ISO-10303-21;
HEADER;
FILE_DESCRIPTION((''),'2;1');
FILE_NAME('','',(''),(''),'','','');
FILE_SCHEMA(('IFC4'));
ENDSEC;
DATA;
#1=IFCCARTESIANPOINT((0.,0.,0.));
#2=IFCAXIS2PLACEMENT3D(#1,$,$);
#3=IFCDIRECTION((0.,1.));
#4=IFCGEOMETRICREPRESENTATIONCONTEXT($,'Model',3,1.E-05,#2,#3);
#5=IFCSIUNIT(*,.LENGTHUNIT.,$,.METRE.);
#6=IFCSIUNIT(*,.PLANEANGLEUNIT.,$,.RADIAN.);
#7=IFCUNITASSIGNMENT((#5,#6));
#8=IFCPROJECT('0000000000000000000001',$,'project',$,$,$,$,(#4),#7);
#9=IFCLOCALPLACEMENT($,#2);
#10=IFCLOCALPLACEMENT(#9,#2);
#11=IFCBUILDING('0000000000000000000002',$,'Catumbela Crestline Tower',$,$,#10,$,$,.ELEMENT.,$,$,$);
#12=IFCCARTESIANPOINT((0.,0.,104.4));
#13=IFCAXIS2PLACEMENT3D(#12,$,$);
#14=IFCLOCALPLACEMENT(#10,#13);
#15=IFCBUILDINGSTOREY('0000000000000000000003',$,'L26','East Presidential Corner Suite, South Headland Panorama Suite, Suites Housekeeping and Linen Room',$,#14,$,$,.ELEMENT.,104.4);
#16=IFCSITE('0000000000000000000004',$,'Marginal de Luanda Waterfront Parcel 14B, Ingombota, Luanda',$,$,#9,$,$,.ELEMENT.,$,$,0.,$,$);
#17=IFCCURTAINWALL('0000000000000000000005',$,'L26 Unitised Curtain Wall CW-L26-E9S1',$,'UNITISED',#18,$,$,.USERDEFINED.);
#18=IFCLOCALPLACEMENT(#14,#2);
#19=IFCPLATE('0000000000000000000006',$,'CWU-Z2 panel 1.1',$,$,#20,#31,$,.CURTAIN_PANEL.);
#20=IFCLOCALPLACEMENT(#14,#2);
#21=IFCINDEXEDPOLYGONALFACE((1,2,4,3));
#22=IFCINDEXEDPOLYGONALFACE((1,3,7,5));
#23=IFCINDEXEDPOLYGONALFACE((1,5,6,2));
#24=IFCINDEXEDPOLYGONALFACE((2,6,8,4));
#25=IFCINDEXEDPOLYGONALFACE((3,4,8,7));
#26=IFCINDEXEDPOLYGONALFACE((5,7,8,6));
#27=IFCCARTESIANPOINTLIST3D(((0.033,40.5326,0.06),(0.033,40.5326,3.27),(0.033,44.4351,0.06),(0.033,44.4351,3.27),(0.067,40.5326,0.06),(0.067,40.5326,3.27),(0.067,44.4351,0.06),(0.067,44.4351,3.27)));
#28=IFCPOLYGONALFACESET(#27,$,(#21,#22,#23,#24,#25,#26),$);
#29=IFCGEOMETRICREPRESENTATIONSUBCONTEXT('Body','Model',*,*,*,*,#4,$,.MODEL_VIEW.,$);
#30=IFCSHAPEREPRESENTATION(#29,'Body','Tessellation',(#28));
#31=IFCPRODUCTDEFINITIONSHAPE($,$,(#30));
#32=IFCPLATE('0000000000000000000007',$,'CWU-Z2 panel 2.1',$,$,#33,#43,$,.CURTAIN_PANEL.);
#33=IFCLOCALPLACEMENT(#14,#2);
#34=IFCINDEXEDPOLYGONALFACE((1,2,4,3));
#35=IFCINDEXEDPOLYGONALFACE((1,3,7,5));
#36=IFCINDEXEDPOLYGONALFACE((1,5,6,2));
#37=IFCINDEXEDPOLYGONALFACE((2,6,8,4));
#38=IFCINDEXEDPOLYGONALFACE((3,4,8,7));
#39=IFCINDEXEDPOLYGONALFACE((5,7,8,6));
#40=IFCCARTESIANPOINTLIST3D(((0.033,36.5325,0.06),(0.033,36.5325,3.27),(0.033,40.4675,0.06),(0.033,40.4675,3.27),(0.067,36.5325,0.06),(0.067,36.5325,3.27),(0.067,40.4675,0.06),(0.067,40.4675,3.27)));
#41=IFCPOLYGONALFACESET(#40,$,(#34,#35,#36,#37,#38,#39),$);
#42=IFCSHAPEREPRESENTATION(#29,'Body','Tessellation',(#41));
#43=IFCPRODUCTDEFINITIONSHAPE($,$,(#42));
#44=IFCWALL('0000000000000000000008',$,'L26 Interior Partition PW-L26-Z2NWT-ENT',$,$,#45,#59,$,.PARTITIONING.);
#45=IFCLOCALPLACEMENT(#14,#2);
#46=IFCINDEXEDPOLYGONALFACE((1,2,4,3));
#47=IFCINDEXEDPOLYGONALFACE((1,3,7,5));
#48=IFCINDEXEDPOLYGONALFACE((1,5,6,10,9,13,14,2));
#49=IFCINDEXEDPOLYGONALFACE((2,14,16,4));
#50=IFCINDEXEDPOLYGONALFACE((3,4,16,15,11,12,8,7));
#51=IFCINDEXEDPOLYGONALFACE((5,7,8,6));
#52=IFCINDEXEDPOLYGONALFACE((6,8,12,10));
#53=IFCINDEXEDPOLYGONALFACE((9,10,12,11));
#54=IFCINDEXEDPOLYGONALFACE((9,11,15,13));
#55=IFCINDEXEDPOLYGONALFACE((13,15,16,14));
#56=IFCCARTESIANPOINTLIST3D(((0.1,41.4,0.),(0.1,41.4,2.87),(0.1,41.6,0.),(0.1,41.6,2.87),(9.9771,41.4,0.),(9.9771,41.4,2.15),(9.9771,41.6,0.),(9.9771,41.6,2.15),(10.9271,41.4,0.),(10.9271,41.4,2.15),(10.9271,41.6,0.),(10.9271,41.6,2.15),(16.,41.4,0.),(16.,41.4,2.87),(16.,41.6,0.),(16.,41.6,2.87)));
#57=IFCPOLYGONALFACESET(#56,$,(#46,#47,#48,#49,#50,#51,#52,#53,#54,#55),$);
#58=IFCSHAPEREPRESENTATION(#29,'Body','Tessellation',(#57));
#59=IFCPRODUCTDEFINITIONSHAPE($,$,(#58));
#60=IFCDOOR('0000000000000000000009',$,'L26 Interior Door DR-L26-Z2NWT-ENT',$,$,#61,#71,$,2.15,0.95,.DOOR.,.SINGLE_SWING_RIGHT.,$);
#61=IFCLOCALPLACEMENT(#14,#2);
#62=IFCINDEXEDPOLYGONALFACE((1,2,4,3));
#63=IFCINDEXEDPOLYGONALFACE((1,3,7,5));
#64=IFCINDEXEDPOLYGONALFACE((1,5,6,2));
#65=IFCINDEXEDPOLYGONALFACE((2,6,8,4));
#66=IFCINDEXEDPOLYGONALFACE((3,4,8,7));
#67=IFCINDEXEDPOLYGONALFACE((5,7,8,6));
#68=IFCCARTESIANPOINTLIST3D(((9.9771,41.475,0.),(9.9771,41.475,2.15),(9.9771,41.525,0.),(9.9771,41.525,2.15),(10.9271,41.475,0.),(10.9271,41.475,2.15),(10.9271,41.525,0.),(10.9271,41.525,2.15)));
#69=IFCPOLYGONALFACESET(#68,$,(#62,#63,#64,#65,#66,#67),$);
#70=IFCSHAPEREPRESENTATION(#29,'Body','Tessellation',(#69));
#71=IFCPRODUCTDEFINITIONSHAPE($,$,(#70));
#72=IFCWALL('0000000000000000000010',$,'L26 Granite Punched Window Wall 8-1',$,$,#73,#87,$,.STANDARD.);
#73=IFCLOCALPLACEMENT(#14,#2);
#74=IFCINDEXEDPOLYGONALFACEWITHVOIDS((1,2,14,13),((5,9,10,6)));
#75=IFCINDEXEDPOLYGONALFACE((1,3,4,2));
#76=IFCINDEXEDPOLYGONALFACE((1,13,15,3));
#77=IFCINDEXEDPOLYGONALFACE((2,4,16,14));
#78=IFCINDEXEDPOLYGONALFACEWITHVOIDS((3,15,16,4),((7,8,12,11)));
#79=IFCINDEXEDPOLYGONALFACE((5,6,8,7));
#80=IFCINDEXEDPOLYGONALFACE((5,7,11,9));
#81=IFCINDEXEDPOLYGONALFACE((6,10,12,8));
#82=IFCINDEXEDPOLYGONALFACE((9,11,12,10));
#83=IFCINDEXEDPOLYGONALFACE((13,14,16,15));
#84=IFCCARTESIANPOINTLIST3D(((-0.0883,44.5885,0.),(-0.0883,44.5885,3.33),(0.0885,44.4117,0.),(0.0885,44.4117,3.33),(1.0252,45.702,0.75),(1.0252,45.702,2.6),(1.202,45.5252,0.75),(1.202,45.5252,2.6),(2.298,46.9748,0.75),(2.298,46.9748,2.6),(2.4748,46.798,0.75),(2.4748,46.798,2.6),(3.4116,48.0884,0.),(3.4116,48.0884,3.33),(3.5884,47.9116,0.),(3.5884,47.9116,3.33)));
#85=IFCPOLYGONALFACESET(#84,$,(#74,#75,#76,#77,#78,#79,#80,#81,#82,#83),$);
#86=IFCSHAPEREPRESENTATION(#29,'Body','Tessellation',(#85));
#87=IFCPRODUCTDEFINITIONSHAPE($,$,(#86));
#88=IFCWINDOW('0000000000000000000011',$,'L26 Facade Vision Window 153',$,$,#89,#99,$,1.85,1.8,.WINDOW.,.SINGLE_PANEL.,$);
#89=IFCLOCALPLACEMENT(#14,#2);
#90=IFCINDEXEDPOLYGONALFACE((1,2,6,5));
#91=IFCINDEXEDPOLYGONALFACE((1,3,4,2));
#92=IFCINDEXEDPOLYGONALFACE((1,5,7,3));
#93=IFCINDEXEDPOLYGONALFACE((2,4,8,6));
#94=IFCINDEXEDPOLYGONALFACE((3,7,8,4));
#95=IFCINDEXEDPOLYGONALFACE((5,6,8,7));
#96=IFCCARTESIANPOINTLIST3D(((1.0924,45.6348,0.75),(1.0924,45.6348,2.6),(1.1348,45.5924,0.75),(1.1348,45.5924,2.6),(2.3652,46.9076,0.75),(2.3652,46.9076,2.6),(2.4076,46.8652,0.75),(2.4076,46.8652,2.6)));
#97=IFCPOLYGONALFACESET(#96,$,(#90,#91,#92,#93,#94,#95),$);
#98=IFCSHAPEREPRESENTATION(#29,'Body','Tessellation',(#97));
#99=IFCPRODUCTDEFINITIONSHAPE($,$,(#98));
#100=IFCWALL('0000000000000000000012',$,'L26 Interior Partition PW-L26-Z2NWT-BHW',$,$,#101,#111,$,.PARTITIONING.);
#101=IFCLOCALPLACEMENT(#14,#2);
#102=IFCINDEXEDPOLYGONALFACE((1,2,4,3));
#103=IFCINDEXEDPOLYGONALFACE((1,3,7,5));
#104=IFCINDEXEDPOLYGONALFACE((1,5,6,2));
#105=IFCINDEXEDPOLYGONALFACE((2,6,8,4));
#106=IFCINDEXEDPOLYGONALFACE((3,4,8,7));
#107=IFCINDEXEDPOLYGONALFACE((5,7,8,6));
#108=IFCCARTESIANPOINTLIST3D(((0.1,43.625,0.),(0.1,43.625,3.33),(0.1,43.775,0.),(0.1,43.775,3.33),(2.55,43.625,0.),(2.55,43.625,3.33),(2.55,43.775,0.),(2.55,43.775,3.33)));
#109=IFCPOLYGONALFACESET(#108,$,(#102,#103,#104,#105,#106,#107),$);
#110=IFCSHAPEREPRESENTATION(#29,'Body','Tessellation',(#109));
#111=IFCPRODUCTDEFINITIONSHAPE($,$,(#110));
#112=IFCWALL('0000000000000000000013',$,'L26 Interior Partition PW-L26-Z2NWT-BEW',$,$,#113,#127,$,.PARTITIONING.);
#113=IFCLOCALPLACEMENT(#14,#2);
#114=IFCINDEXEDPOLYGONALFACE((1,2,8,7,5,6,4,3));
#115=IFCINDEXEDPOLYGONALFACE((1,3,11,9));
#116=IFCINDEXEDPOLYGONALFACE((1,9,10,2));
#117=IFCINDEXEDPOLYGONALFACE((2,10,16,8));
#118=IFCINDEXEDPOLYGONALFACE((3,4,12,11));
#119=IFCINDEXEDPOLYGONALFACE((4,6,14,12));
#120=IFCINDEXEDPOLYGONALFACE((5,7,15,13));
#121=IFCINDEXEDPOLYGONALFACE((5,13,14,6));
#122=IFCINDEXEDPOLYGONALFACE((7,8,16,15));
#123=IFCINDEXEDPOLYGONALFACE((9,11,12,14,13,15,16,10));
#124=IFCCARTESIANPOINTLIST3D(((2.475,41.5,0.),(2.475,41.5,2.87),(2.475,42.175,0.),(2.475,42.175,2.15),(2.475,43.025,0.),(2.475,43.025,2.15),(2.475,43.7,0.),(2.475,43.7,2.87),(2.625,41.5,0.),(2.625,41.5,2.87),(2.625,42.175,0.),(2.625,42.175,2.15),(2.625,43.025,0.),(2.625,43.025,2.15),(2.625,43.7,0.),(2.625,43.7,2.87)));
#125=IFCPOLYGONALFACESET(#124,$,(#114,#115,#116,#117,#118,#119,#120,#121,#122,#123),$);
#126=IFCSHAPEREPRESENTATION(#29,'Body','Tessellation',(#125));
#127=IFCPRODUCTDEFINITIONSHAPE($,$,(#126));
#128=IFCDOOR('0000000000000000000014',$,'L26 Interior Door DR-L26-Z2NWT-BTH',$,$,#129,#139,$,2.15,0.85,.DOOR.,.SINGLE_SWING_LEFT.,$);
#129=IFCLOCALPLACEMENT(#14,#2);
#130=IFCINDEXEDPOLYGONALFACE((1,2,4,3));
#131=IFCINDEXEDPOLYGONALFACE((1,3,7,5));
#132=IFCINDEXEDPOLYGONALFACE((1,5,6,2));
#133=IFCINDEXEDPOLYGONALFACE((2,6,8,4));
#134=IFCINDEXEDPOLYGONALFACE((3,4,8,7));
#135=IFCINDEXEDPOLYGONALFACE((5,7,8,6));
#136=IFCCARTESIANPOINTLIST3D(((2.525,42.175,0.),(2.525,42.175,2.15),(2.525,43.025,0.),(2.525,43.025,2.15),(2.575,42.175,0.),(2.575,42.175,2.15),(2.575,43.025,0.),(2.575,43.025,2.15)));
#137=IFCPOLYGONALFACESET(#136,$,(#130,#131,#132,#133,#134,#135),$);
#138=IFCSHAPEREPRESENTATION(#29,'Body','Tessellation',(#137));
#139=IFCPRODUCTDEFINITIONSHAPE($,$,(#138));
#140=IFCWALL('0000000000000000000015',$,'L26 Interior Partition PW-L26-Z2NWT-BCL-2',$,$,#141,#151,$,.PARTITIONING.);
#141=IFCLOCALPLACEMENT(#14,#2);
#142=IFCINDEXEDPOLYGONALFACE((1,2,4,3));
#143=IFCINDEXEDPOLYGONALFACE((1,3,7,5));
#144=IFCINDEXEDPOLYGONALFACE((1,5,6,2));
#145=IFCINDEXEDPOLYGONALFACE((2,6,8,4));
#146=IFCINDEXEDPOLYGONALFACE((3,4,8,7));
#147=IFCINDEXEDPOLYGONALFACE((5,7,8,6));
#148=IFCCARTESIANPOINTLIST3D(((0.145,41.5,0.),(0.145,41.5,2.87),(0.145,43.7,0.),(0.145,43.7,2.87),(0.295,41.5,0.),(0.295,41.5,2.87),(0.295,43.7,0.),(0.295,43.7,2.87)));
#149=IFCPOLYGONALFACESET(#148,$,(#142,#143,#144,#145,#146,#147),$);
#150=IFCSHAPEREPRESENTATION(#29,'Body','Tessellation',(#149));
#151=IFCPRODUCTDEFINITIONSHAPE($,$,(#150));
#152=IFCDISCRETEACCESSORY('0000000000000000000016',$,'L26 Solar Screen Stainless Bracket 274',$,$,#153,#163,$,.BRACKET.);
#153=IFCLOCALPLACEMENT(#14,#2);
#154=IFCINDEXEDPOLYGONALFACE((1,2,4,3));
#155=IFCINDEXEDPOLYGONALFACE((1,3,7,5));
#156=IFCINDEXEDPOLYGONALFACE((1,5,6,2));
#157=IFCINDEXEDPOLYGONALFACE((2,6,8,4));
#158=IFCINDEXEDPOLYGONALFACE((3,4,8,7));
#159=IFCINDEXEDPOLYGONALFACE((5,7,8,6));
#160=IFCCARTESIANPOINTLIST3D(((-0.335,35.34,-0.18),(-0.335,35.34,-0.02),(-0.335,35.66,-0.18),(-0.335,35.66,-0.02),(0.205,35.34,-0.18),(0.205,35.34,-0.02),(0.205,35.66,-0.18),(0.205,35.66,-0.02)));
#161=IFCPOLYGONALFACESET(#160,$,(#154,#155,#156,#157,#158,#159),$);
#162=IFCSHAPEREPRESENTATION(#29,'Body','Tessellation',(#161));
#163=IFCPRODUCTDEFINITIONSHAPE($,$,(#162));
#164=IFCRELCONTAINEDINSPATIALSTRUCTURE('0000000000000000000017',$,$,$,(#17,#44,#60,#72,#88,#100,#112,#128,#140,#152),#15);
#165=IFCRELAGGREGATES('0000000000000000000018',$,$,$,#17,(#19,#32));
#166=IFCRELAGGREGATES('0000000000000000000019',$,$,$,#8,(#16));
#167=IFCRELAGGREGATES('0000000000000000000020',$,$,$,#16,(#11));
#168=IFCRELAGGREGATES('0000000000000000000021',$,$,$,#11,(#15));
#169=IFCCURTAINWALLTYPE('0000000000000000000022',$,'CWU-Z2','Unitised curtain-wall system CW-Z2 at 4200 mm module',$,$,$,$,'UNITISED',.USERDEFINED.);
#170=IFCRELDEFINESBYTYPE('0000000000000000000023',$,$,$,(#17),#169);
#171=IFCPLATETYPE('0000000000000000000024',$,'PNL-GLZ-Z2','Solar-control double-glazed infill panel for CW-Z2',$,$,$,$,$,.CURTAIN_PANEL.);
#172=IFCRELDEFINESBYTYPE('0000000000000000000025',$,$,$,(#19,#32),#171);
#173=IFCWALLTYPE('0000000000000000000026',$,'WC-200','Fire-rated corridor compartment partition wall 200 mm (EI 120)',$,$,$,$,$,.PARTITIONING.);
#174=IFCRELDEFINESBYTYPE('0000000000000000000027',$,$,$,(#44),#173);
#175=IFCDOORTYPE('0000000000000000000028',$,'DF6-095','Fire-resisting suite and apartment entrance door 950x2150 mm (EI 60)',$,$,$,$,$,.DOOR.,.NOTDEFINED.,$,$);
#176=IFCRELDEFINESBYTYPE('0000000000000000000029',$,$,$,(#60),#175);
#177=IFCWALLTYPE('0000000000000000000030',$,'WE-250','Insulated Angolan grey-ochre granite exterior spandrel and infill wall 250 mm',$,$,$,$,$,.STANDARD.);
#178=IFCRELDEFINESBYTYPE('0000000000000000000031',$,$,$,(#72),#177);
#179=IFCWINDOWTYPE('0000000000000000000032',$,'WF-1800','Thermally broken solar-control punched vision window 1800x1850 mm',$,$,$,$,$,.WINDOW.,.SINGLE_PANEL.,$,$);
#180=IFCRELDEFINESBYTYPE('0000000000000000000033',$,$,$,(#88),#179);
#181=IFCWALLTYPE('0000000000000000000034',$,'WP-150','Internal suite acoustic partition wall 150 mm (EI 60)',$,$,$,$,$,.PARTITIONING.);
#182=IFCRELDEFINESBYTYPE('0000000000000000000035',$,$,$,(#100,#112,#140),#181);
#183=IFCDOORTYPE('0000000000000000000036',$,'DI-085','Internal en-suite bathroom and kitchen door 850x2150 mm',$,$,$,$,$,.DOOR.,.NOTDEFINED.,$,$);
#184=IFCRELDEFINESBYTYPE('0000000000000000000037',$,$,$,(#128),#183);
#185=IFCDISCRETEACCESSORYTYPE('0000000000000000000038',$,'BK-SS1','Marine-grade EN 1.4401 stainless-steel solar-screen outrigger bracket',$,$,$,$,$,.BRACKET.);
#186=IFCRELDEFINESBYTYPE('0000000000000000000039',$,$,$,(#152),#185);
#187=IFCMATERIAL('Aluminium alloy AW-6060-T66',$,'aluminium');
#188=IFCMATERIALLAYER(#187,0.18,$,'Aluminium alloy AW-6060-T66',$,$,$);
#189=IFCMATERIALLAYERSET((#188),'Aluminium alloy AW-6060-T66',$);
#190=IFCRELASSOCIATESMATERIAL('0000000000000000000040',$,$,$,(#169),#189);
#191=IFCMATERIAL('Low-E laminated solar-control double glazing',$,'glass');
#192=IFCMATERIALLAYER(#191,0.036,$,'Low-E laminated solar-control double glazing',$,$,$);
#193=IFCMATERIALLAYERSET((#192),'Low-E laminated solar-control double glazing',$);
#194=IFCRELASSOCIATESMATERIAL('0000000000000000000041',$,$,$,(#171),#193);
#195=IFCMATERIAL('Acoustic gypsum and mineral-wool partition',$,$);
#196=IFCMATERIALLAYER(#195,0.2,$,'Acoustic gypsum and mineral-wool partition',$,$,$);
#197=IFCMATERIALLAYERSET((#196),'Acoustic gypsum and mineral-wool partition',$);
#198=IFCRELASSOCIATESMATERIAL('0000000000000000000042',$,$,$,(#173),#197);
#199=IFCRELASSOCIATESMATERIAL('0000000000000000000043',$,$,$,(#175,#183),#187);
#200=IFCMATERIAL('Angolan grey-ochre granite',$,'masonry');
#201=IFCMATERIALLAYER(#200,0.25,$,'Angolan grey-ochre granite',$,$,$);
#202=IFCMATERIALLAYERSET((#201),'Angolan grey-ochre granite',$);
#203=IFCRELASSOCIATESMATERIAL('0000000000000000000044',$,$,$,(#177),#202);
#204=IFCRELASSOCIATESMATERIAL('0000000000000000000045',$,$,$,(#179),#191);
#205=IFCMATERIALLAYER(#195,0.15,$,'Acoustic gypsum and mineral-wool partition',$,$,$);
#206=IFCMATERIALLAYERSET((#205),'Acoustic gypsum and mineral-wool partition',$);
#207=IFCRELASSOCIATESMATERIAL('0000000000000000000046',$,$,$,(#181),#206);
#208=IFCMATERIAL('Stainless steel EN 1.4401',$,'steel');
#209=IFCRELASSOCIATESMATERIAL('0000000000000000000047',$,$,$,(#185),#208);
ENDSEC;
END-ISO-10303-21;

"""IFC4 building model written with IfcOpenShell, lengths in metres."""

from ifc_helpers import new_model, si_unit, direction, frame, frame_2d, origin, origin_2d, place, context, subcontext, project, spatial, rectangle, extrude, material, layer, layer_set, type_object, element, fill, aggregate, save


model = new_model("IFC4")

# Units and contexts
model_context = context("Model", 3, precision=1e-05, world=origin(), true_north=direction((0.0, 1.0)))
body_context = subcontext(model_context, "Body", "Model", "MODEL_VIEW")
ifc_project = project(units=[si_unit("LENGTHUNIT", "METRE"), si_unit("PLANEANGLEUNIT", "RADIAN")], contexts=[model_context])

# Site, building, storey
site_placement = place(None, origin())
site = spatial("IfcSite", under=ifc_project, at=site_placement, Name="Marginal de Luanda Waterfront Parcel 14B, Ingombota, Luanda", CompositionType="ELEMENT", RefElevation=0.0)
building_placement = place(site_placement, origin())
building = spatial("IfcBuilding", under=site, at=building_placement, Name="Catumbela Crestline Tower", CompositionType="ELEMENT")
storey_placement = place(building_placement, frame((0.0, 0.0, 104.4)))
storey = spatial("IfcBuildingStorey", under=building, at=storey_placement, Name="L26", Description="East Presidential Corner Suite, South Headland Panorama Suite, Suites Housekeeping and Linen Room", CompositionType="ELEMENT", Elevation=104.4)

# Shared definitions
ifc_material_1 = material(Name="Aluminium alloy AW-6060-T66", Category="aluminium")
ifc_layer_1 = layer(ifc_material_1, 0.18, Name="Aluminium alloy AW-6060-T66")
ifc_layer_set_1 = layer_set([ifc_layer_1], Name="Aluminium alloy AW-6060-T66")
curtain_wall_type = type_object("IfcCurtainWallType", Name="CWU-Z2", Description="Unitised curtain-wall system CW-Z2 at 4200 mm module", ElementType="UNITISED", PredefinedType="USERDEFINED", material=ifc_layer_set_1)

# Curtain wall
curtain_wall_1_placement = place(storey_placement, origin())
curtain_wall_1 = element("IfcCurtainWall", 1, at=curtain_wall_1_placement, inside=storey, type_object=curtain_wall_type, Name="L26 Unitised Curtain Wall CW-L26-E9S1", ObjectType="UNITISED", PredefinedType="USERDEFINED")

# Plates
ifc_material_2 = material(Name="Low-E laminated solar-control double glazing", Category="glass")
ifc_layer_2 = layer(ifc_material_2, 0.036, Name="Low-E laminated solar-control double glazing")
ifc_layer_set_2 = layer_set([ifc_layer_2], Name="Low-E laminated solar-control double glazing")
plate_type = type_object("IfcPlateType", Name="PNL-GLZ-Z2", Description="Solar-control double-glazed infill panel for CW-Z2", PredefinedType="CURTAIN_PANEL", material=ifc_layer_set_2)
plate_1_placement = place(storey_placement, frame((0.05, 42.4838, 0.06), z_axis=(0.0, 0.0, 1.0), x_axis=(0.0, -1.0, 0.0)))
plate_1 = element("IfcPlate", 2, at=plate_1_placement, type_object=plate_type, Name="CWU-Z2 panel 1.1", PredefinedType="CURTAIN_PANEL", context=body_context, shape_type="SweptSolid", body=[
    extrude(rectangle(XDim=3.9025, YDim=0.034, at=origin_2d()), origin(), (0.0, 0.0, 1.0), 3.21),
])
plate_2_placement = place(storey_placement, frame((0.05, 38.5, 0.06), z_axis=(0.0, 0.0, 1.0), x_axis=(0.0, -1.0, 0.0)))
plate_2 = element("IfcPlate", 3, at=plate_2_placement, type_object=plate_type, Name="CWU-Z2 panel 2.1", PredefinedType="CURTAIN_PANEL", context=body_context, shape_type="SweptSolid", body=[
    extrude(rectangle(XDim=3.935, YDim=0.034, at=origin_2d()), origin(), (0.0, 0.0, 1.0), 3.21),
])
aggregate(curtain_wall_1, [plate_1, plate_2])

# Wall, opening, door
ifc_material_3 = material(Name="Acoustic gypsum and mineral-wool partition")
ifc_layer_3 = layer(ifc_material_3, 0.2, Name="Acoustic gypsum and mineral-wool partition")
ifc_layer_set_3 = layer_set([ifc_layer_3], Name="Acoustic gypsum and mineral-wool partition")
wall_type_1 = type_object("IfcWallType", Name="WC-200", Description="Fire-rated corridor compartment partition wall 200 mm (EI 120)", PredefinedType="PARTITIONING", material=ifc_layer_set_3)
wall_1_placement = place(storey_placement, frame((0.1, 41.5, 0.0), z_axis=(0.0, 0.0, 1.0), x_axis=(1.0, 0.0, 0.0)))
wall_1 = element("IfcWall", 4, at=wall_1_placement, inside=storey, type_object=wall_type_1, Name="L26 Interior Partition PW-L26-Z2NWT-ENT", PredefinedType="PARTITIONING", context=body_context, shape_type="SweptSolid", body=[
    extrude(rectangle(XDim=15.9, YDim=0.2, at=frame_2d((7.95, 0.0))), origin(), (0.0, 0.0, 1.0), 2.87),
])
opening_1_placement = place(wall_1_placement, frame((9.8771, 0.0, 0.0)))
opening_1 = element("IfcOpeningElement", 5, at=opening_1_placement, cuts=wall_1, PredefinedType="OPENING", context=body_context, shape_type="SweptSolid", body=[
    extrude(rectangle(XDim=0.95, YDim=2.15, at=frame_2d((0.475, 1.075))), frame((0.0, 0.11, 0.0), z_axis=(0.0, -1.0, 0.0), x_axis=(1.0, 0.0, 0.0)), (0.0, 0.0, 1.0), 0.22),
])
door_type_1 = type_object("IfcDoorType", Name="DF6-095", Description="Fire-resisting suite and apartment entrance door 950x2150 mm (EI 60)", OperationType="NOTDEFINED", PredefinedType="DOOR", material=ifc_material_1)
door_1_placement = place(opening_1_placement, origin())
door_1 = element("IfcDoor", 6, at=door_1_placement, inside=storey, type_object=door_type_1, Name="L26 Interior Door DR-L26-Z2NWT-ENT", OperationType="SINGLE_SWING_RIGHT", OverallHeight=2.15, OverallWidth=0.95, PredefinedType="DOOR", context=body_context, shape_type="SweptSolid", body=[
    extrude(rectangle(XDim=0.95, YDim=2.15, at=frame_2d((0.475, 1.075))), frame((0.0, 0.025, 0.0), z_axis=(0.0, -1.0, 0.0), x_axis=(1.0, 0.0, 0.0)), (0.0, 0.0, 1.0), 0.05),
])
fill(opening_1, door_1)

# Wall, opening, window
ifc_material_4 = material(Name="Angolan grey-ochre granite", Category="masonry")
ifc_layer_4 = layer(ifc_material_4, 0.25, Name="Angolan grey-ochre granite")
ifc_layer_set_4 = layer_set([ifc_layer_4], Name="Angolan grey-ochre granite")
wall_type_2 = type_object("IfcWallType", Name="WE-250", Description="Insulated Angolan grey-ochre granite exterior spandrel and infill wall 250 mm", PredefinedType="STANDARD", material=ifc_layer_set_4)
wall_2_placement = place(storey_placement, frame((3.5, 48.0, 0.0), z_axis=(0.0, 0.0, 1.0), x_axis=(-0.707107, -0.707107, 0.0)))
wall_2 = element("IfcWall", 7, at=wall_2_placement, inside=storey, type_object=wall_type_2, Name="L26 Granite Punched Window Wall 8-1", PredefinedType="STANDARD", context=body_context, shape_type="SweptSolid", body=[
    extrude(rectangle(XDim=4.9497, YDim=0.25, at=frame_2d((2.4748, 0.0))), origin(), (0.0, 0.0, 1.0), 3.33),
])
opening_2_placement = place(wall_2_placement, frame((1.5749, 0.0, 0.75)))
opening_2 = element("IfcOpeningElement", 8, at=opening_2_placement, cuts=wall_2, PredefinedType="OPENING", context=body_context, shape_type="SweptSolid", body=[
    extrude(rectangle(XDim=1.8, YDim=1.85, at=frame_2d((0.9, 0.925))), frame((0.0, 0.135, 0.0), z_axis=(0.0, -1.0, 0.0), x_axis=(1.0, 0.0, 0.0)), (0.0, 0.0, 1.0), 0.27),
])
window_type = type_object("IfcWindowType", Name="WF-1800", Description="Thermally broken solar-control punched vision window 1800x1850 mm", PartitioningType="SINGLE_PANEL", PredefinedType="WINDOW", material=ifc_material_2)
window_placement = place(opening_2_placement, origin())
window = element("IfcWindow", 9, at=window_placement, inside=storey, type_object=window_type, Name="L26 Facade Vision Window 153", OverallHeight=1.85, OverallWidth=1.8, PartitioningType="SINGLE_PANEL", PredefinedType="WINDOW", context=body_context, shape_type="SweptSolid", body=[
    extrude(rectangle(XDim=1.8, YDim=1.85, at=frame_2d((0.9, 0.925))), frame((0.0, 0.03, 0.0), z_axis=(0.0, -1.0, 0.0), x_axis=(1.0, 0.0, 0.0)), (0.0, 0.0, 1.0), 0.06),
])
fill(opening_2, window)

# Wall
ifc_layer_5 = layer(ifc_material_3, 0.15, Name="Acoustic gypsum and mineral-wool partition")
ifc_layer_set_5 = layer_set([ifc_layer_5], Name="Acoustic gypsum and mineral-wool partition")
wall_type_3 = type_object("IfcWallType", Name="WP-150", Description="Internal suite acoustic partition wall 150 mm (EI 60)", PredefinedType="PARTITIONING", material=ifc_layer_set_5)
wall_3_placement = place(storey_placement, frame((0.1, 43.7, 0.0), z_axis=(0.0, 0.0, 1.0), x_axis=(1.0, 0.0, 0.0)))
element("IfcWall", 10, at=wall_3_placement, inside=storey, type_object=wall_type_3, Name="L26 Interior Partition PW-L26-Z2NWT-BHW", PredefinedType="PARTITIONING", context=body_context, shape_type="SweptSolid", body=[
    extrude(rectangle(XDim=2.45, YDim=0.15, at=frame_2d((1.225, 0.0))), origin(), (0.0, 0.0, 1.0), 3.33),
])

# Wall, opening, door
wall_4_placement = place(storey_placement, frame((2.55, 41.5, 0.0), z_axis=(0.0, 0.0, 1.0), x_axis=(0.0, 1.0, 0.0)))
wall_4 = element("IfcWall", 11, at=wall_4_placement, inside=storey, type_object=wall_type_3, Name="L26 Interior Partition PW-L26-Z2NWT-BEW", PredefinedType="PARTITIONING", context=body_context, shape_type="SweptSolid", body=[
    extrude(rectangle(XDim=2.2, YDim=0.15, at=frame_2d((1.1, 0.0))), origin(), (0.0, 0.0, 1.0), 2.87),
])
opening_3_placement = place(wall_4_placement, frame((0.675, 0.0, 0.0)))
opening_3 = element("IfcOpeningElement", 12, at=opening_3_placement, cuts=wall_4, PredefinedType="OPENING", context=body_context, shape_type="SweptSolid", body=[
    extrude(rectangle(XDim=0.85, YDim=2.15, at=frame_2d((0.425, 1.075))), frame((0.0, 0.085, 0.0), z_axis=(0.0, -1.0, 0.0), x_axis=(1.0, 0.0, 0.0)), (0.0, 0.0, 1.0), 0.17),
])
door_type_2 = type_object("IfcDoorType", Name="DI-085", Description="Internal en-suite bathroom and kitchen door 850x2150 mm", OperationType="NOTDEFINED", PredefinedType="DOOR", material=ifc_material_1)
door_2_placement = place(opening_3_placement, origin())
door_2 = element("IfcDoor", 13, at=door_2_placement, inside=storey, type_object=door_type_2, Name="L26 Interior Door DR-L26-Z2NWT-BTH", OperationType="SINGLE_SWING_LEFT", OverallHeight=2.15, OverallWidth=0.85, PredefinedType="DOOR", context=body_context, shape_type="SweptSolid", body=[
    extrude(rectangle(XDim=0.85, YDim=2.15, at=frame_2d((0.425, 1.075))), frame((0.0, 0.025, 0.0), z_axis=(0.0, -1.0, 0.0), x_axis=(1.0, 0.0, 0.0)), (0.0, 0.0, 1.0), 0.05),
])
fill(opening_3, door_2)

# Wall
wall_5_placement = place(storey_placement, frame((0.22, 41.5, 0.0), z_axis=(0.0, 0.0, 1.0), x_axis=(0.0, 1.0, 0.0)))
element("IfcWall", 14, at=wall_5_placement, inside=storey, type_object=wall_type_3, Name="L26 Interior Partition PW-L26-Z2NWT-BCL-2", PredefinedType="PARTITIONING", context=body_context, shape_type="SweptSolid", body=[
    extrude(rectangle(XDim=2.2, YDim=0.15, at=frame_2d((1.1, 0.0))), origin(), (0.0, 0.0, 1.0), 2.87),
])

# Discrete accessory
ifc_material_5 = material(Name="Stainless steel EN 1.4401", Category="steel")
discrete_accessory_type = type_object("IfcDiscreteAccessoryType", Name="BK-SS1", Description="Marine-grade EN 1.4401 stainless-steel solar-screen outrigger bracket", PredefinedType="BRACKET", material=ifc_material_5)
discrete_accessory_placement = place(storey_placement, frame((-0.065, 35.5, -0.18), z_axis=(0.0, 0.0, 1.0), x_axis=(0.0, -1.0, 0.0)))
element("IfcDiscreteAccessory", 15, at=discrete_accessory_placement, inside=storey, type_object=discrete_accessory_type, Name="L26 Solar Screen Stainless Bracket 274", PredefinedType="BRACKET", context=body_context, shape_type="SweptSolid", body=[
    extrude(rectangle(XDim=0.32, YDim=0.54, at=origin_2d()), origin(), (0.0, 0.0, 1.0), 0.16),
])

save(model, "model.ifc")
